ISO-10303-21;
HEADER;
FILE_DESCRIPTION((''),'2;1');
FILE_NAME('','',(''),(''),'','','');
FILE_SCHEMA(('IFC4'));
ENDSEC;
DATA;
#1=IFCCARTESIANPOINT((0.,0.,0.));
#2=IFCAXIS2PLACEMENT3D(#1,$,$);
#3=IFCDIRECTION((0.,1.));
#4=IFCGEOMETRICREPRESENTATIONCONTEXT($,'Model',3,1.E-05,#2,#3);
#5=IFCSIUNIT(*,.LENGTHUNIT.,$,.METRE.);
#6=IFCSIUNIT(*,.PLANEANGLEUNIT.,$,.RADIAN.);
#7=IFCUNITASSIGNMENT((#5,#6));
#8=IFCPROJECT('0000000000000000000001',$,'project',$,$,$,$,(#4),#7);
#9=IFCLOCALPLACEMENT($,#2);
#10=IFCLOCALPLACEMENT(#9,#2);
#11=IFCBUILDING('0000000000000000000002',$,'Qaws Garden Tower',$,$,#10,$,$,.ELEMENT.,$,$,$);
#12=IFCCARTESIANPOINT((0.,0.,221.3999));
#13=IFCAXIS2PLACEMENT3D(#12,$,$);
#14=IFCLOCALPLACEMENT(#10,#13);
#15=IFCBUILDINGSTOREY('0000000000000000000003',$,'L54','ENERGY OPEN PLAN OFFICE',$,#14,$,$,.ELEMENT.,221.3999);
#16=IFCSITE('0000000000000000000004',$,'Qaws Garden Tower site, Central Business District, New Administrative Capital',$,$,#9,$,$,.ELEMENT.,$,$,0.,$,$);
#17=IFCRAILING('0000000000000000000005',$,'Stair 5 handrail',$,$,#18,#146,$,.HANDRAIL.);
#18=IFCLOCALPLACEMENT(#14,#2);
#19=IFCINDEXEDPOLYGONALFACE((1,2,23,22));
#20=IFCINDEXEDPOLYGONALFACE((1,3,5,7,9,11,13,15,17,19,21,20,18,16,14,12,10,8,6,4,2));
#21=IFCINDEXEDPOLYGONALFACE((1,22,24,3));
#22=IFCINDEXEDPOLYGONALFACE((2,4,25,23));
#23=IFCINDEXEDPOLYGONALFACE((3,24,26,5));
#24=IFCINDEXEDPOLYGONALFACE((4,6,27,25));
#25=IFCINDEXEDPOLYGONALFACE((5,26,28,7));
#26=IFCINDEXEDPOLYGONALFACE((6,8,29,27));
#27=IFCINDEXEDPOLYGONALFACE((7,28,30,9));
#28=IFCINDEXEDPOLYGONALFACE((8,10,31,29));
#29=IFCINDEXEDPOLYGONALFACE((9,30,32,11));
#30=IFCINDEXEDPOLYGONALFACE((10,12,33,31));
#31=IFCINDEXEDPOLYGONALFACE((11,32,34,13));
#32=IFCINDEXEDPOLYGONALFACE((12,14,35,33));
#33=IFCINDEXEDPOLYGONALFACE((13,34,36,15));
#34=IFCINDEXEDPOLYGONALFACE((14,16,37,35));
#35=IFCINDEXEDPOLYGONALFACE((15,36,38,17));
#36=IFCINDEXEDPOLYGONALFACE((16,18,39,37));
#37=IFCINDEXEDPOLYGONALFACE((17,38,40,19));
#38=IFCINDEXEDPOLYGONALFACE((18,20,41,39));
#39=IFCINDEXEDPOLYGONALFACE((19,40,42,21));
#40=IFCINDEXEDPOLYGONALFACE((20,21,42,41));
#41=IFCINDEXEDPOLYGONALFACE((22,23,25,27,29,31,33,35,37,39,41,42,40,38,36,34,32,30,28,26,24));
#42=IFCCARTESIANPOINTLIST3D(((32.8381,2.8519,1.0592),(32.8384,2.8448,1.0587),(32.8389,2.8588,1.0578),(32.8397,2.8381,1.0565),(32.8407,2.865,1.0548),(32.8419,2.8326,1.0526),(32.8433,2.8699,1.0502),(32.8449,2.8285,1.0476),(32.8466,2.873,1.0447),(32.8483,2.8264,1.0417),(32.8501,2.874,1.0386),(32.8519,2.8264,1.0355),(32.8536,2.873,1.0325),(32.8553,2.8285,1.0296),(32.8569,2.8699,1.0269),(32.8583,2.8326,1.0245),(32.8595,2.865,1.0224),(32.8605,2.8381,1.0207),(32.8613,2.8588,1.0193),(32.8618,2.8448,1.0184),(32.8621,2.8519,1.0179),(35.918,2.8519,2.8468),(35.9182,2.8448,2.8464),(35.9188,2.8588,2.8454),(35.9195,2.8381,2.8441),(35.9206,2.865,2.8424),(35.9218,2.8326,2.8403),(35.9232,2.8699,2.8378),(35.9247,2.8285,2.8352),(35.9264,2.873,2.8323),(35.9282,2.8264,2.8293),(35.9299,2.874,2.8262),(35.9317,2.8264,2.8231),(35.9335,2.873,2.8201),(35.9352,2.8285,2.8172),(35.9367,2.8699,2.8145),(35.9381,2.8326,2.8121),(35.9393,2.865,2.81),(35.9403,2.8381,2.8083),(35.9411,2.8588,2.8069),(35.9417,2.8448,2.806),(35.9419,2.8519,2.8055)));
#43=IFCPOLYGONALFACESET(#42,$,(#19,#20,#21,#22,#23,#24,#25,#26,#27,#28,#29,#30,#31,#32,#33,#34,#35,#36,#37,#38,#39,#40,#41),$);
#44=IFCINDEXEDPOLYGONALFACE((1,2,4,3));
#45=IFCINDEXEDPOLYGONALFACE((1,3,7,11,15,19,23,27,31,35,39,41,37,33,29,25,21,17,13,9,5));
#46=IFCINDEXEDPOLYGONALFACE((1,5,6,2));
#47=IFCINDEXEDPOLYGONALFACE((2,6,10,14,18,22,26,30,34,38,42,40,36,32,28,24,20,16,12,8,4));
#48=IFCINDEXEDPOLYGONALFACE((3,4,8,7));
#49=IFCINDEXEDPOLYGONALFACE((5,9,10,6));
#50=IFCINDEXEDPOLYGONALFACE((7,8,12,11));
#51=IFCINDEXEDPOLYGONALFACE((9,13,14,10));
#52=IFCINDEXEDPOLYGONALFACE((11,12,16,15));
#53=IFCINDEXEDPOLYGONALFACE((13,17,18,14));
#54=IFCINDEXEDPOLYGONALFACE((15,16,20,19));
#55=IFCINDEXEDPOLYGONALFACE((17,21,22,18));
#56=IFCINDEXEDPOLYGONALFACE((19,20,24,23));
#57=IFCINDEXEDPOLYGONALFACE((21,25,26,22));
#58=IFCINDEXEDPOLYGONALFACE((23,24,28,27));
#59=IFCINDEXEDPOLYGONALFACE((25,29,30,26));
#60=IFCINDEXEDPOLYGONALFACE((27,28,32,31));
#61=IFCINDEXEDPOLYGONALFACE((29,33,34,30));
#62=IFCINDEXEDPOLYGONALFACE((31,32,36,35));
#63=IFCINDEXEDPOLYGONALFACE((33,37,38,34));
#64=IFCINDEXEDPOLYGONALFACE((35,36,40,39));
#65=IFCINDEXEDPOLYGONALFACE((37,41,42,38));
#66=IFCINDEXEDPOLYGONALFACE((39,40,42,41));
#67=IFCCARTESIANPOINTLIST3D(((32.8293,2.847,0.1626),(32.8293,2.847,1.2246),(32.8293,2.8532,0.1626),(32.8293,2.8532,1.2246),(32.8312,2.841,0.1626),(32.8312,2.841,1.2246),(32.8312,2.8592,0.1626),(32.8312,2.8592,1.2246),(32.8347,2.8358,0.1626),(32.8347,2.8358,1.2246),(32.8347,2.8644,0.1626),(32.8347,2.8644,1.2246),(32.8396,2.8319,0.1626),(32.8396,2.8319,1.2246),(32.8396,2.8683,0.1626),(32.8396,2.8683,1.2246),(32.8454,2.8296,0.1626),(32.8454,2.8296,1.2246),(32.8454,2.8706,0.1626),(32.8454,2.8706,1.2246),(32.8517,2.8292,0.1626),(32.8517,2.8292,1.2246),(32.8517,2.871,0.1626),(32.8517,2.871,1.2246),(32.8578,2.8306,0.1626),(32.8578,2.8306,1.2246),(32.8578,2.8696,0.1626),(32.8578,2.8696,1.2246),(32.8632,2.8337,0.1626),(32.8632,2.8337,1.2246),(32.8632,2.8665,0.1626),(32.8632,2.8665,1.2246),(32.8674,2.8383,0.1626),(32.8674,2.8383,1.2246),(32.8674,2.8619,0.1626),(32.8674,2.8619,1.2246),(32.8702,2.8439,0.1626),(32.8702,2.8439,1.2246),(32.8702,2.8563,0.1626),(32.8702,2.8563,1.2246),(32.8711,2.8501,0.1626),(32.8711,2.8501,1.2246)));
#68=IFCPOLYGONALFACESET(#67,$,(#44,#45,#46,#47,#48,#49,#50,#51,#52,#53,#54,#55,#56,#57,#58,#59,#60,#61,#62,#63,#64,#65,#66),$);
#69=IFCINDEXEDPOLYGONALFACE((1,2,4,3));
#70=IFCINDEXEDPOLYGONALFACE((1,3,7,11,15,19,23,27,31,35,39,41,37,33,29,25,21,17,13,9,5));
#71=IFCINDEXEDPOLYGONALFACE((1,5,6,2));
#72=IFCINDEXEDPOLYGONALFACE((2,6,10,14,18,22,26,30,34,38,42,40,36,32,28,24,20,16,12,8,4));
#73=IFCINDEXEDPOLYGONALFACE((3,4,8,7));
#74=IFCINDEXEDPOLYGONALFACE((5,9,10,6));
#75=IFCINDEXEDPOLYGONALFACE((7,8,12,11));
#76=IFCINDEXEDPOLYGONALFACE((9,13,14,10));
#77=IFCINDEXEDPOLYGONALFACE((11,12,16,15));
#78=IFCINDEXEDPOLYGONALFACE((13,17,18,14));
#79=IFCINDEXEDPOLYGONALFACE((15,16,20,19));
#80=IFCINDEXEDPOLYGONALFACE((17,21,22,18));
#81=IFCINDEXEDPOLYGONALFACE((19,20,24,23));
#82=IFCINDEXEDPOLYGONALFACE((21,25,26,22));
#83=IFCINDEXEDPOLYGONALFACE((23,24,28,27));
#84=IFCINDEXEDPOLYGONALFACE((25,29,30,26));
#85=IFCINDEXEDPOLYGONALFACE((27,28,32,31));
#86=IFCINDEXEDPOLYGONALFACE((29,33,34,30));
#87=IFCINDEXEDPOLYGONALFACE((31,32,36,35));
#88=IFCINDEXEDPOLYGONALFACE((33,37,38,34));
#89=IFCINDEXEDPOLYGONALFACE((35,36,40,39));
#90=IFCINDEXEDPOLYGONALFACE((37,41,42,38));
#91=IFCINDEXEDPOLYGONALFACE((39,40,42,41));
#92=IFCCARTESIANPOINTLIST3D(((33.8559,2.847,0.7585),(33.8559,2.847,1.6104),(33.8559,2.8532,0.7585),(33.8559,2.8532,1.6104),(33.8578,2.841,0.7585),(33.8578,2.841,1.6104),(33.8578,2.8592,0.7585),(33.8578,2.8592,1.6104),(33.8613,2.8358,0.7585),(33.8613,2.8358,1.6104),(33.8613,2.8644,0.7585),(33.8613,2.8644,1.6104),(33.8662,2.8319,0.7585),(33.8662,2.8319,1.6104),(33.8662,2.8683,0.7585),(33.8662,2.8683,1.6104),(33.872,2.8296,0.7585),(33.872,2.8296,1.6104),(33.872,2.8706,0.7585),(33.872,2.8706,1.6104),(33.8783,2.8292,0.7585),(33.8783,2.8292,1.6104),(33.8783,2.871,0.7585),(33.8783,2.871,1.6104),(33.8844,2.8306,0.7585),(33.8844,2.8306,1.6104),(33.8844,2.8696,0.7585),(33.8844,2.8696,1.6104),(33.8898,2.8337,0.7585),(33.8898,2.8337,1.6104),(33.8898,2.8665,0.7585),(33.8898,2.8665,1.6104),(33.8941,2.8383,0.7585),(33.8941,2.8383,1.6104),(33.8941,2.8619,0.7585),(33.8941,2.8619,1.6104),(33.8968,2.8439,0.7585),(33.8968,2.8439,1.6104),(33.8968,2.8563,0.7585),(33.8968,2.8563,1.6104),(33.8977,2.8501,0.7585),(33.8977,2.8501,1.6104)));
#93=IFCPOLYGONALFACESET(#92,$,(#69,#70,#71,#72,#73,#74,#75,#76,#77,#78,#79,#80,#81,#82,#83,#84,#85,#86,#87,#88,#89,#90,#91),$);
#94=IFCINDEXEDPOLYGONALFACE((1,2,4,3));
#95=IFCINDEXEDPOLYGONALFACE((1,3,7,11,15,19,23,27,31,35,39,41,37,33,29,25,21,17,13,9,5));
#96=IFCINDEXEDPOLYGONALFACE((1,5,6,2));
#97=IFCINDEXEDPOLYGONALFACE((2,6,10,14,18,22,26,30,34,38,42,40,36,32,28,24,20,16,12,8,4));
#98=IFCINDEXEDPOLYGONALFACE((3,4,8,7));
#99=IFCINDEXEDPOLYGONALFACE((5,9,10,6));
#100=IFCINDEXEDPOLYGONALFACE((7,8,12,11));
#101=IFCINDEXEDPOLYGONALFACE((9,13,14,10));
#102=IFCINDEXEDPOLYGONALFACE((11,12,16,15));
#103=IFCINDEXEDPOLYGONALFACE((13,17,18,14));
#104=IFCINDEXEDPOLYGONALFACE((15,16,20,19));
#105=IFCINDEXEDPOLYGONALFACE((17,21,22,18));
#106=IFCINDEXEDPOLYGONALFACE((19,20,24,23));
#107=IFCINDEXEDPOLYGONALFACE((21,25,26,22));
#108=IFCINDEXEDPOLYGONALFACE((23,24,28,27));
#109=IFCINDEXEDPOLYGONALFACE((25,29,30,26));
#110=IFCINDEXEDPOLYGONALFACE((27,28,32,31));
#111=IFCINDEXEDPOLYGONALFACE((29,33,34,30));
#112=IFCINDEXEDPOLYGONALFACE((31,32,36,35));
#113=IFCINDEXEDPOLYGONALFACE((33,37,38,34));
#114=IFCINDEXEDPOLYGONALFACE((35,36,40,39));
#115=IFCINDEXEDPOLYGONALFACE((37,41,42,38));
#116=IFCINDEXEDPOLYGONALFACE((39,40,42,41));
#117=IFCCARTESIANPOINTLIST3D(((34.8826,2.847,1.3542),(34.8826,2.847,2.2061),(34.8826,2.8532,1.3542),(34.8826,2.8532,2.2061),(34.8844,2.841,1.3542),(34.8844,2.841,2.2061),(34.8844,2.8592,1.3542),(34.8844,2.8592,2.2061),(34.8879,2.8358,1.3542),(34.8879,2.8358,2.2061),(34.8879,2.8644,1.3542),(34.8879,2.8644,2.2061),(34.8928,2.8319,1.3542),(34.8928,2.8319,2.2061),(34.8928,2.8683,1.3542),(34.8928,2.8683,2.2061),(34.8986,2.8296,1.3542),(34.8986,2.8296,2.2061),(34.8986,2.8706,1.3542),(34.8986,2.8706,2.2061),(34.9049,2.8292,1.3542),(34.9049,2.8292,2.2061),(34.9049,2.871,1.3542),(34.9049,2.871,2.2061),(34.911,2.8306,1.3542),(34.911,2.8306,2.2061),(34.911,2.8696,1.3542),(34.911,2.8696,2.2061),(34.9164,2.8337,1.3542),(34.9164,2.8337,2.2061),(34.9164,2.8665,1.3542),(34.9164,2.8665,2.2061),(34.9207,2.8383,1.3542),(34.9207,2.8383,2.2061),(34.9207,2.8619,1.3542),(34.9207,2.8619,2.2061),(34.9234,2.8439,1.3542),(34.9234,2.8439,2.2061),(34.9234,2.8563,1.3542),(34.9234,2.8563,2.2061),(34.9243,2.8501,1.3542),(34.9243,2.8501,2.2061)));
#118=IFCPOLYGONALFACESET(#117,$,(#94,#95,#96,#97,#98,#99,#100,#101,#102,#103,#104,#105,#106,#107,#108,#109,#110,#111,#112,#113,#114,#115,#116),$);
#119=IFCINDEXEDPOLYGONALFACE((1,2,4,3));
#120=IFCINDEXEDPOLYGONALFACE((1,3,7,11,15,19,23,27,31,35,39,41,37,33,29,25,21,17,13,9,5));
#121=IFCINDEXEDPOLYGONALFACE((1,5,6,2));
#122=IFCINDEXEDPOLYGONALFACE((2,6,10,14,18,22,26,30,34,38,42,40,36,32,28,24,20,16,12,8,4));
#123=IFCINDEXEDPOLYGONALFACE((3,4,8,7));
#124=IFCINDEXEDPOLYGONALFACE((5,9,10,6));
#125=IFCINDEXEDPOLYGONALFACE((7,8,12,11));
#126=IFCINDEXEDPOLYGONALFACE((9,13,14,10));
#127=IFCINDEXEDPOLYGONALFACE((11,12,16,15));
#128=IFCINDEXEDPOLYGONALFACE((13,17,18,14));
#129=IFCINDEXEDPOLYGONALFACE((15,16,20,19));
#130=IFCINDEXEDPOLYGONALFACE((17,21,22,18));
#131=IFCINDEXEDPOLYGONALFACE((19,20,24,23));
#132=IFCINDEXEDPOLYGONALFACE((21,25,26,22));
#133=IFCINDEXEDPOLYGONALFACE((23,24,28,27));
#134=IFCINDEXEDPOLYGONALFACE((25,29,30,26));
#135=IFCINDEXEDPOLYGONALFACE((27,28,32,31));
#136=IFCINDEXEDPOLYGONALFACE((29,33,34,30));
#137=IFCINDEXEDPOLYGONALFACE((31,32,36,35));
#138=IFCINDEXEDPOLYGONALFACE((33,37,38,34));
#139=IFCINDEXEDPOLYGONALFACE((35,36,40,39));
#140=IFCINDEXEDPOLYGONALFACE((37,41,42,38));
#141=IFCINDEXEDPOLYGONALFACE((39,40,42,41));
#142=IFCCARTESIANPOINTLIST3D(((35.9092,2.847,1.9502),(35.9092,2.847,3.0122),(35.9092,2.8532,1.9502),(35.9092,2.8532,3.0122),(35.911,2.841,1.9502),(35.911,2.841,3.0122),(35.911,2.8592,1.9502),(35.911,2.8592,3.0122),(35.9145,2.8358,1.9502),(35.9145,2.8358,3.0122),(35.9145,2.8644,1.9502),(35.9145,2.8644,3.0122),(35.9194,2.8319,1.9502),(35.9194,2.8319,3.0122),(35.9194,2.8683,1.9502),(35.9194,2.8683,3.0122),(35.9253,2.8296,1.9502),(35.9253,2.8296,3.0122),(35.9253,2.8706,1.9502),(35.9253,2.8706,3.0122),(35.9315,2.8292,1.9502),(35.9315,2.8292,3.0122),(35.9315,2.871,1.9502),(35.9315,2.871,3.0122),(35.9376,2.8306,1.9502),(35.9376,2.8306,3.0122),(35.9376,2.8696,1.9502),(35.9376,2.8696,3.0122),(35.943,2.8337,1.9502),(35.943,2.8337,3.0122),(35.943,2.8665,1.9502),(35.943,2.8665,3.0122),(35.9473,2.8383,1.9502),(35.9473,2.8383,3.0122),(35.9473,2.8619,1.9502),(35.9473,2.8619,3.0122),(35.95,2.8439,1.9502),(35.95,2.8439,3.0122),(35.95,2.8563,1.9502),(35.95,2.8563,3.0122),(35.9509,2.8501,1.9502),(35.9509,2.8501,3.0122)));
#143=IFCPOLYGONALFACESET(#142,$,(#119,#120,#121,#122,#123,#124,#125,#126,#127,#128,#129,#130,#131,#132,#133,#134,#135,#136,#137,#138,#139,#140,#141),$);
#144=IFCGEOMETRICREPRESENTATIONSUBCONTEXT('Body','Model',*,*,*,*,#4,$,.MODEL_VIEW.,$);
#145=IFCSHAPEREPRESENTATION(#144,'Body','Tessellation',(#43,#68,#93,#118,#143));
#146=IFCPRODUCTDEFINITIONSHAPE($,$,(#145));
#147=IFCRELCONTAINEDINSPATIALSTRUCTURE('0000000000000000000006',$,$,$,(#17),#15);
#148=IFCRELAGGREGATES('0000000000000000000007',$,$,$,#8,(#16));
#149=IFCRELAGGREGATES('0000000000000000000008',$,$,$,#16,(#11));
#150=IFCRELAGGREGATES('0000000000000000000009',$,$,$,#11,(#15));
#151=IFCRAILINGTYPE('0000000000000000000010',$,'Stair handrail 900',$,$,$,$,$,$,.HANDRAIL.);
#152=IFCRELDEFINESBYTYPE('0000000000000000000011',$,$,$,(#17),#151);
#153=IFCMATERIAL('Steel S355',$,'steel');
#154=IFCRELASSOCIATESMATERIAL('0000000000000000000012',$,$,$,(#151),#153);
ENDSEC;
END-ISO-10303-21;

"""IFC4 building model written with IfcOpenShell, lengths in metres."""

from ifc_helpers import new_model, si_unit, direction, frame, origin, origin_2d, place, context, subcontext, project, spatial, circle, extrude, material, type_object, element, save


model = new_model("IFC4")

# Units and contexts
model_context = context("Model", 3, precision=1e-05, world=origin(), true_north=direction((0.0, 1.0)))
body_context = subcontext(model_context, "Body", "Model", "MODEL_VIEW")
ifc_project = project(units=[si_unit("LENGTHUNIT", "METRE"), si_unit("PLANEANGLEUNIT", "RADIAN")], contexts=[model_context])

# Site, building, storey
site_placement = place(None, origin())
site = spatial("IfcSite", under=ifc_project, at=site_placement, Name="Qaws Garden Tower site, Central Business District, New Administrative Capital", CompositionType="ELEMENT", RefElevation=0.0)
building_placement = place(site_placement, origin())
building = spatial("IfcBuilding", under=site, at=building_placement, Name="Qaws Garden Tower", CompositionType="ELEMENT")
storey_placement = place(building_placement, frame((0.0, 0.0, 221.3999)))
storey = spatial("IfcBuildingStorey", under=building, at=storey_placement, Name="L54", Description="ENERGY OPEN PLAN OFFICE", CompositionType="ELEMENT", Elevation=221.3999)

# Railing
ifc_material_1 = material(Name="Steel S355", Category="steel")
railing_type = type_object("IfcRailingType", Name="Stair handrail 900", PredefinedType="HANDRAIL", material=ifc_material_1)
railing_1_placement = place(storey_placement, frame((32.8501, 2.8501, 0.1626)))
element("IfcRailing", 1, at=railing_1_placement, inside=storey, type_object=railing_type, Name="Stair 5 handrail", PredefinedType="HANDRAIL", context=body_context, shape_type="SweptSolid", body=[
    extrude(circle(Radius=0.0239, at=origin_2d()), frame((0.0, 0.0, 0.876), z_axis=(0.864873, 0.0, 0.50199), x_axis=(0.0, 1.0, 0.0)), (0.0, 0.0, 1.0), 3.561),
    extrude(circle(Radius=0.021, at=origin_2d()), origin(), (0.0, 0.0, 1.0), 1.062),
    extrude(circle(Radius=0.021, at=origin_2d()), frame((1.0266, 0.0, 0.5959)), (0.0, 0.0, 1.0), 0.8518),
    extrude(circle(Radius=0.021, at=origin_2d()), frame((2.0532, 0.0, 1.1917)), (0.0, 0.0, 1.0), 0.8518),
    extrude(circle(Radius=0.021, at=origin_2d()), frame((3.0798, 0.0, 1.7876)), (0.0, 0.0, 1.0), 1.062),
])

save(model, "model.ifc")
